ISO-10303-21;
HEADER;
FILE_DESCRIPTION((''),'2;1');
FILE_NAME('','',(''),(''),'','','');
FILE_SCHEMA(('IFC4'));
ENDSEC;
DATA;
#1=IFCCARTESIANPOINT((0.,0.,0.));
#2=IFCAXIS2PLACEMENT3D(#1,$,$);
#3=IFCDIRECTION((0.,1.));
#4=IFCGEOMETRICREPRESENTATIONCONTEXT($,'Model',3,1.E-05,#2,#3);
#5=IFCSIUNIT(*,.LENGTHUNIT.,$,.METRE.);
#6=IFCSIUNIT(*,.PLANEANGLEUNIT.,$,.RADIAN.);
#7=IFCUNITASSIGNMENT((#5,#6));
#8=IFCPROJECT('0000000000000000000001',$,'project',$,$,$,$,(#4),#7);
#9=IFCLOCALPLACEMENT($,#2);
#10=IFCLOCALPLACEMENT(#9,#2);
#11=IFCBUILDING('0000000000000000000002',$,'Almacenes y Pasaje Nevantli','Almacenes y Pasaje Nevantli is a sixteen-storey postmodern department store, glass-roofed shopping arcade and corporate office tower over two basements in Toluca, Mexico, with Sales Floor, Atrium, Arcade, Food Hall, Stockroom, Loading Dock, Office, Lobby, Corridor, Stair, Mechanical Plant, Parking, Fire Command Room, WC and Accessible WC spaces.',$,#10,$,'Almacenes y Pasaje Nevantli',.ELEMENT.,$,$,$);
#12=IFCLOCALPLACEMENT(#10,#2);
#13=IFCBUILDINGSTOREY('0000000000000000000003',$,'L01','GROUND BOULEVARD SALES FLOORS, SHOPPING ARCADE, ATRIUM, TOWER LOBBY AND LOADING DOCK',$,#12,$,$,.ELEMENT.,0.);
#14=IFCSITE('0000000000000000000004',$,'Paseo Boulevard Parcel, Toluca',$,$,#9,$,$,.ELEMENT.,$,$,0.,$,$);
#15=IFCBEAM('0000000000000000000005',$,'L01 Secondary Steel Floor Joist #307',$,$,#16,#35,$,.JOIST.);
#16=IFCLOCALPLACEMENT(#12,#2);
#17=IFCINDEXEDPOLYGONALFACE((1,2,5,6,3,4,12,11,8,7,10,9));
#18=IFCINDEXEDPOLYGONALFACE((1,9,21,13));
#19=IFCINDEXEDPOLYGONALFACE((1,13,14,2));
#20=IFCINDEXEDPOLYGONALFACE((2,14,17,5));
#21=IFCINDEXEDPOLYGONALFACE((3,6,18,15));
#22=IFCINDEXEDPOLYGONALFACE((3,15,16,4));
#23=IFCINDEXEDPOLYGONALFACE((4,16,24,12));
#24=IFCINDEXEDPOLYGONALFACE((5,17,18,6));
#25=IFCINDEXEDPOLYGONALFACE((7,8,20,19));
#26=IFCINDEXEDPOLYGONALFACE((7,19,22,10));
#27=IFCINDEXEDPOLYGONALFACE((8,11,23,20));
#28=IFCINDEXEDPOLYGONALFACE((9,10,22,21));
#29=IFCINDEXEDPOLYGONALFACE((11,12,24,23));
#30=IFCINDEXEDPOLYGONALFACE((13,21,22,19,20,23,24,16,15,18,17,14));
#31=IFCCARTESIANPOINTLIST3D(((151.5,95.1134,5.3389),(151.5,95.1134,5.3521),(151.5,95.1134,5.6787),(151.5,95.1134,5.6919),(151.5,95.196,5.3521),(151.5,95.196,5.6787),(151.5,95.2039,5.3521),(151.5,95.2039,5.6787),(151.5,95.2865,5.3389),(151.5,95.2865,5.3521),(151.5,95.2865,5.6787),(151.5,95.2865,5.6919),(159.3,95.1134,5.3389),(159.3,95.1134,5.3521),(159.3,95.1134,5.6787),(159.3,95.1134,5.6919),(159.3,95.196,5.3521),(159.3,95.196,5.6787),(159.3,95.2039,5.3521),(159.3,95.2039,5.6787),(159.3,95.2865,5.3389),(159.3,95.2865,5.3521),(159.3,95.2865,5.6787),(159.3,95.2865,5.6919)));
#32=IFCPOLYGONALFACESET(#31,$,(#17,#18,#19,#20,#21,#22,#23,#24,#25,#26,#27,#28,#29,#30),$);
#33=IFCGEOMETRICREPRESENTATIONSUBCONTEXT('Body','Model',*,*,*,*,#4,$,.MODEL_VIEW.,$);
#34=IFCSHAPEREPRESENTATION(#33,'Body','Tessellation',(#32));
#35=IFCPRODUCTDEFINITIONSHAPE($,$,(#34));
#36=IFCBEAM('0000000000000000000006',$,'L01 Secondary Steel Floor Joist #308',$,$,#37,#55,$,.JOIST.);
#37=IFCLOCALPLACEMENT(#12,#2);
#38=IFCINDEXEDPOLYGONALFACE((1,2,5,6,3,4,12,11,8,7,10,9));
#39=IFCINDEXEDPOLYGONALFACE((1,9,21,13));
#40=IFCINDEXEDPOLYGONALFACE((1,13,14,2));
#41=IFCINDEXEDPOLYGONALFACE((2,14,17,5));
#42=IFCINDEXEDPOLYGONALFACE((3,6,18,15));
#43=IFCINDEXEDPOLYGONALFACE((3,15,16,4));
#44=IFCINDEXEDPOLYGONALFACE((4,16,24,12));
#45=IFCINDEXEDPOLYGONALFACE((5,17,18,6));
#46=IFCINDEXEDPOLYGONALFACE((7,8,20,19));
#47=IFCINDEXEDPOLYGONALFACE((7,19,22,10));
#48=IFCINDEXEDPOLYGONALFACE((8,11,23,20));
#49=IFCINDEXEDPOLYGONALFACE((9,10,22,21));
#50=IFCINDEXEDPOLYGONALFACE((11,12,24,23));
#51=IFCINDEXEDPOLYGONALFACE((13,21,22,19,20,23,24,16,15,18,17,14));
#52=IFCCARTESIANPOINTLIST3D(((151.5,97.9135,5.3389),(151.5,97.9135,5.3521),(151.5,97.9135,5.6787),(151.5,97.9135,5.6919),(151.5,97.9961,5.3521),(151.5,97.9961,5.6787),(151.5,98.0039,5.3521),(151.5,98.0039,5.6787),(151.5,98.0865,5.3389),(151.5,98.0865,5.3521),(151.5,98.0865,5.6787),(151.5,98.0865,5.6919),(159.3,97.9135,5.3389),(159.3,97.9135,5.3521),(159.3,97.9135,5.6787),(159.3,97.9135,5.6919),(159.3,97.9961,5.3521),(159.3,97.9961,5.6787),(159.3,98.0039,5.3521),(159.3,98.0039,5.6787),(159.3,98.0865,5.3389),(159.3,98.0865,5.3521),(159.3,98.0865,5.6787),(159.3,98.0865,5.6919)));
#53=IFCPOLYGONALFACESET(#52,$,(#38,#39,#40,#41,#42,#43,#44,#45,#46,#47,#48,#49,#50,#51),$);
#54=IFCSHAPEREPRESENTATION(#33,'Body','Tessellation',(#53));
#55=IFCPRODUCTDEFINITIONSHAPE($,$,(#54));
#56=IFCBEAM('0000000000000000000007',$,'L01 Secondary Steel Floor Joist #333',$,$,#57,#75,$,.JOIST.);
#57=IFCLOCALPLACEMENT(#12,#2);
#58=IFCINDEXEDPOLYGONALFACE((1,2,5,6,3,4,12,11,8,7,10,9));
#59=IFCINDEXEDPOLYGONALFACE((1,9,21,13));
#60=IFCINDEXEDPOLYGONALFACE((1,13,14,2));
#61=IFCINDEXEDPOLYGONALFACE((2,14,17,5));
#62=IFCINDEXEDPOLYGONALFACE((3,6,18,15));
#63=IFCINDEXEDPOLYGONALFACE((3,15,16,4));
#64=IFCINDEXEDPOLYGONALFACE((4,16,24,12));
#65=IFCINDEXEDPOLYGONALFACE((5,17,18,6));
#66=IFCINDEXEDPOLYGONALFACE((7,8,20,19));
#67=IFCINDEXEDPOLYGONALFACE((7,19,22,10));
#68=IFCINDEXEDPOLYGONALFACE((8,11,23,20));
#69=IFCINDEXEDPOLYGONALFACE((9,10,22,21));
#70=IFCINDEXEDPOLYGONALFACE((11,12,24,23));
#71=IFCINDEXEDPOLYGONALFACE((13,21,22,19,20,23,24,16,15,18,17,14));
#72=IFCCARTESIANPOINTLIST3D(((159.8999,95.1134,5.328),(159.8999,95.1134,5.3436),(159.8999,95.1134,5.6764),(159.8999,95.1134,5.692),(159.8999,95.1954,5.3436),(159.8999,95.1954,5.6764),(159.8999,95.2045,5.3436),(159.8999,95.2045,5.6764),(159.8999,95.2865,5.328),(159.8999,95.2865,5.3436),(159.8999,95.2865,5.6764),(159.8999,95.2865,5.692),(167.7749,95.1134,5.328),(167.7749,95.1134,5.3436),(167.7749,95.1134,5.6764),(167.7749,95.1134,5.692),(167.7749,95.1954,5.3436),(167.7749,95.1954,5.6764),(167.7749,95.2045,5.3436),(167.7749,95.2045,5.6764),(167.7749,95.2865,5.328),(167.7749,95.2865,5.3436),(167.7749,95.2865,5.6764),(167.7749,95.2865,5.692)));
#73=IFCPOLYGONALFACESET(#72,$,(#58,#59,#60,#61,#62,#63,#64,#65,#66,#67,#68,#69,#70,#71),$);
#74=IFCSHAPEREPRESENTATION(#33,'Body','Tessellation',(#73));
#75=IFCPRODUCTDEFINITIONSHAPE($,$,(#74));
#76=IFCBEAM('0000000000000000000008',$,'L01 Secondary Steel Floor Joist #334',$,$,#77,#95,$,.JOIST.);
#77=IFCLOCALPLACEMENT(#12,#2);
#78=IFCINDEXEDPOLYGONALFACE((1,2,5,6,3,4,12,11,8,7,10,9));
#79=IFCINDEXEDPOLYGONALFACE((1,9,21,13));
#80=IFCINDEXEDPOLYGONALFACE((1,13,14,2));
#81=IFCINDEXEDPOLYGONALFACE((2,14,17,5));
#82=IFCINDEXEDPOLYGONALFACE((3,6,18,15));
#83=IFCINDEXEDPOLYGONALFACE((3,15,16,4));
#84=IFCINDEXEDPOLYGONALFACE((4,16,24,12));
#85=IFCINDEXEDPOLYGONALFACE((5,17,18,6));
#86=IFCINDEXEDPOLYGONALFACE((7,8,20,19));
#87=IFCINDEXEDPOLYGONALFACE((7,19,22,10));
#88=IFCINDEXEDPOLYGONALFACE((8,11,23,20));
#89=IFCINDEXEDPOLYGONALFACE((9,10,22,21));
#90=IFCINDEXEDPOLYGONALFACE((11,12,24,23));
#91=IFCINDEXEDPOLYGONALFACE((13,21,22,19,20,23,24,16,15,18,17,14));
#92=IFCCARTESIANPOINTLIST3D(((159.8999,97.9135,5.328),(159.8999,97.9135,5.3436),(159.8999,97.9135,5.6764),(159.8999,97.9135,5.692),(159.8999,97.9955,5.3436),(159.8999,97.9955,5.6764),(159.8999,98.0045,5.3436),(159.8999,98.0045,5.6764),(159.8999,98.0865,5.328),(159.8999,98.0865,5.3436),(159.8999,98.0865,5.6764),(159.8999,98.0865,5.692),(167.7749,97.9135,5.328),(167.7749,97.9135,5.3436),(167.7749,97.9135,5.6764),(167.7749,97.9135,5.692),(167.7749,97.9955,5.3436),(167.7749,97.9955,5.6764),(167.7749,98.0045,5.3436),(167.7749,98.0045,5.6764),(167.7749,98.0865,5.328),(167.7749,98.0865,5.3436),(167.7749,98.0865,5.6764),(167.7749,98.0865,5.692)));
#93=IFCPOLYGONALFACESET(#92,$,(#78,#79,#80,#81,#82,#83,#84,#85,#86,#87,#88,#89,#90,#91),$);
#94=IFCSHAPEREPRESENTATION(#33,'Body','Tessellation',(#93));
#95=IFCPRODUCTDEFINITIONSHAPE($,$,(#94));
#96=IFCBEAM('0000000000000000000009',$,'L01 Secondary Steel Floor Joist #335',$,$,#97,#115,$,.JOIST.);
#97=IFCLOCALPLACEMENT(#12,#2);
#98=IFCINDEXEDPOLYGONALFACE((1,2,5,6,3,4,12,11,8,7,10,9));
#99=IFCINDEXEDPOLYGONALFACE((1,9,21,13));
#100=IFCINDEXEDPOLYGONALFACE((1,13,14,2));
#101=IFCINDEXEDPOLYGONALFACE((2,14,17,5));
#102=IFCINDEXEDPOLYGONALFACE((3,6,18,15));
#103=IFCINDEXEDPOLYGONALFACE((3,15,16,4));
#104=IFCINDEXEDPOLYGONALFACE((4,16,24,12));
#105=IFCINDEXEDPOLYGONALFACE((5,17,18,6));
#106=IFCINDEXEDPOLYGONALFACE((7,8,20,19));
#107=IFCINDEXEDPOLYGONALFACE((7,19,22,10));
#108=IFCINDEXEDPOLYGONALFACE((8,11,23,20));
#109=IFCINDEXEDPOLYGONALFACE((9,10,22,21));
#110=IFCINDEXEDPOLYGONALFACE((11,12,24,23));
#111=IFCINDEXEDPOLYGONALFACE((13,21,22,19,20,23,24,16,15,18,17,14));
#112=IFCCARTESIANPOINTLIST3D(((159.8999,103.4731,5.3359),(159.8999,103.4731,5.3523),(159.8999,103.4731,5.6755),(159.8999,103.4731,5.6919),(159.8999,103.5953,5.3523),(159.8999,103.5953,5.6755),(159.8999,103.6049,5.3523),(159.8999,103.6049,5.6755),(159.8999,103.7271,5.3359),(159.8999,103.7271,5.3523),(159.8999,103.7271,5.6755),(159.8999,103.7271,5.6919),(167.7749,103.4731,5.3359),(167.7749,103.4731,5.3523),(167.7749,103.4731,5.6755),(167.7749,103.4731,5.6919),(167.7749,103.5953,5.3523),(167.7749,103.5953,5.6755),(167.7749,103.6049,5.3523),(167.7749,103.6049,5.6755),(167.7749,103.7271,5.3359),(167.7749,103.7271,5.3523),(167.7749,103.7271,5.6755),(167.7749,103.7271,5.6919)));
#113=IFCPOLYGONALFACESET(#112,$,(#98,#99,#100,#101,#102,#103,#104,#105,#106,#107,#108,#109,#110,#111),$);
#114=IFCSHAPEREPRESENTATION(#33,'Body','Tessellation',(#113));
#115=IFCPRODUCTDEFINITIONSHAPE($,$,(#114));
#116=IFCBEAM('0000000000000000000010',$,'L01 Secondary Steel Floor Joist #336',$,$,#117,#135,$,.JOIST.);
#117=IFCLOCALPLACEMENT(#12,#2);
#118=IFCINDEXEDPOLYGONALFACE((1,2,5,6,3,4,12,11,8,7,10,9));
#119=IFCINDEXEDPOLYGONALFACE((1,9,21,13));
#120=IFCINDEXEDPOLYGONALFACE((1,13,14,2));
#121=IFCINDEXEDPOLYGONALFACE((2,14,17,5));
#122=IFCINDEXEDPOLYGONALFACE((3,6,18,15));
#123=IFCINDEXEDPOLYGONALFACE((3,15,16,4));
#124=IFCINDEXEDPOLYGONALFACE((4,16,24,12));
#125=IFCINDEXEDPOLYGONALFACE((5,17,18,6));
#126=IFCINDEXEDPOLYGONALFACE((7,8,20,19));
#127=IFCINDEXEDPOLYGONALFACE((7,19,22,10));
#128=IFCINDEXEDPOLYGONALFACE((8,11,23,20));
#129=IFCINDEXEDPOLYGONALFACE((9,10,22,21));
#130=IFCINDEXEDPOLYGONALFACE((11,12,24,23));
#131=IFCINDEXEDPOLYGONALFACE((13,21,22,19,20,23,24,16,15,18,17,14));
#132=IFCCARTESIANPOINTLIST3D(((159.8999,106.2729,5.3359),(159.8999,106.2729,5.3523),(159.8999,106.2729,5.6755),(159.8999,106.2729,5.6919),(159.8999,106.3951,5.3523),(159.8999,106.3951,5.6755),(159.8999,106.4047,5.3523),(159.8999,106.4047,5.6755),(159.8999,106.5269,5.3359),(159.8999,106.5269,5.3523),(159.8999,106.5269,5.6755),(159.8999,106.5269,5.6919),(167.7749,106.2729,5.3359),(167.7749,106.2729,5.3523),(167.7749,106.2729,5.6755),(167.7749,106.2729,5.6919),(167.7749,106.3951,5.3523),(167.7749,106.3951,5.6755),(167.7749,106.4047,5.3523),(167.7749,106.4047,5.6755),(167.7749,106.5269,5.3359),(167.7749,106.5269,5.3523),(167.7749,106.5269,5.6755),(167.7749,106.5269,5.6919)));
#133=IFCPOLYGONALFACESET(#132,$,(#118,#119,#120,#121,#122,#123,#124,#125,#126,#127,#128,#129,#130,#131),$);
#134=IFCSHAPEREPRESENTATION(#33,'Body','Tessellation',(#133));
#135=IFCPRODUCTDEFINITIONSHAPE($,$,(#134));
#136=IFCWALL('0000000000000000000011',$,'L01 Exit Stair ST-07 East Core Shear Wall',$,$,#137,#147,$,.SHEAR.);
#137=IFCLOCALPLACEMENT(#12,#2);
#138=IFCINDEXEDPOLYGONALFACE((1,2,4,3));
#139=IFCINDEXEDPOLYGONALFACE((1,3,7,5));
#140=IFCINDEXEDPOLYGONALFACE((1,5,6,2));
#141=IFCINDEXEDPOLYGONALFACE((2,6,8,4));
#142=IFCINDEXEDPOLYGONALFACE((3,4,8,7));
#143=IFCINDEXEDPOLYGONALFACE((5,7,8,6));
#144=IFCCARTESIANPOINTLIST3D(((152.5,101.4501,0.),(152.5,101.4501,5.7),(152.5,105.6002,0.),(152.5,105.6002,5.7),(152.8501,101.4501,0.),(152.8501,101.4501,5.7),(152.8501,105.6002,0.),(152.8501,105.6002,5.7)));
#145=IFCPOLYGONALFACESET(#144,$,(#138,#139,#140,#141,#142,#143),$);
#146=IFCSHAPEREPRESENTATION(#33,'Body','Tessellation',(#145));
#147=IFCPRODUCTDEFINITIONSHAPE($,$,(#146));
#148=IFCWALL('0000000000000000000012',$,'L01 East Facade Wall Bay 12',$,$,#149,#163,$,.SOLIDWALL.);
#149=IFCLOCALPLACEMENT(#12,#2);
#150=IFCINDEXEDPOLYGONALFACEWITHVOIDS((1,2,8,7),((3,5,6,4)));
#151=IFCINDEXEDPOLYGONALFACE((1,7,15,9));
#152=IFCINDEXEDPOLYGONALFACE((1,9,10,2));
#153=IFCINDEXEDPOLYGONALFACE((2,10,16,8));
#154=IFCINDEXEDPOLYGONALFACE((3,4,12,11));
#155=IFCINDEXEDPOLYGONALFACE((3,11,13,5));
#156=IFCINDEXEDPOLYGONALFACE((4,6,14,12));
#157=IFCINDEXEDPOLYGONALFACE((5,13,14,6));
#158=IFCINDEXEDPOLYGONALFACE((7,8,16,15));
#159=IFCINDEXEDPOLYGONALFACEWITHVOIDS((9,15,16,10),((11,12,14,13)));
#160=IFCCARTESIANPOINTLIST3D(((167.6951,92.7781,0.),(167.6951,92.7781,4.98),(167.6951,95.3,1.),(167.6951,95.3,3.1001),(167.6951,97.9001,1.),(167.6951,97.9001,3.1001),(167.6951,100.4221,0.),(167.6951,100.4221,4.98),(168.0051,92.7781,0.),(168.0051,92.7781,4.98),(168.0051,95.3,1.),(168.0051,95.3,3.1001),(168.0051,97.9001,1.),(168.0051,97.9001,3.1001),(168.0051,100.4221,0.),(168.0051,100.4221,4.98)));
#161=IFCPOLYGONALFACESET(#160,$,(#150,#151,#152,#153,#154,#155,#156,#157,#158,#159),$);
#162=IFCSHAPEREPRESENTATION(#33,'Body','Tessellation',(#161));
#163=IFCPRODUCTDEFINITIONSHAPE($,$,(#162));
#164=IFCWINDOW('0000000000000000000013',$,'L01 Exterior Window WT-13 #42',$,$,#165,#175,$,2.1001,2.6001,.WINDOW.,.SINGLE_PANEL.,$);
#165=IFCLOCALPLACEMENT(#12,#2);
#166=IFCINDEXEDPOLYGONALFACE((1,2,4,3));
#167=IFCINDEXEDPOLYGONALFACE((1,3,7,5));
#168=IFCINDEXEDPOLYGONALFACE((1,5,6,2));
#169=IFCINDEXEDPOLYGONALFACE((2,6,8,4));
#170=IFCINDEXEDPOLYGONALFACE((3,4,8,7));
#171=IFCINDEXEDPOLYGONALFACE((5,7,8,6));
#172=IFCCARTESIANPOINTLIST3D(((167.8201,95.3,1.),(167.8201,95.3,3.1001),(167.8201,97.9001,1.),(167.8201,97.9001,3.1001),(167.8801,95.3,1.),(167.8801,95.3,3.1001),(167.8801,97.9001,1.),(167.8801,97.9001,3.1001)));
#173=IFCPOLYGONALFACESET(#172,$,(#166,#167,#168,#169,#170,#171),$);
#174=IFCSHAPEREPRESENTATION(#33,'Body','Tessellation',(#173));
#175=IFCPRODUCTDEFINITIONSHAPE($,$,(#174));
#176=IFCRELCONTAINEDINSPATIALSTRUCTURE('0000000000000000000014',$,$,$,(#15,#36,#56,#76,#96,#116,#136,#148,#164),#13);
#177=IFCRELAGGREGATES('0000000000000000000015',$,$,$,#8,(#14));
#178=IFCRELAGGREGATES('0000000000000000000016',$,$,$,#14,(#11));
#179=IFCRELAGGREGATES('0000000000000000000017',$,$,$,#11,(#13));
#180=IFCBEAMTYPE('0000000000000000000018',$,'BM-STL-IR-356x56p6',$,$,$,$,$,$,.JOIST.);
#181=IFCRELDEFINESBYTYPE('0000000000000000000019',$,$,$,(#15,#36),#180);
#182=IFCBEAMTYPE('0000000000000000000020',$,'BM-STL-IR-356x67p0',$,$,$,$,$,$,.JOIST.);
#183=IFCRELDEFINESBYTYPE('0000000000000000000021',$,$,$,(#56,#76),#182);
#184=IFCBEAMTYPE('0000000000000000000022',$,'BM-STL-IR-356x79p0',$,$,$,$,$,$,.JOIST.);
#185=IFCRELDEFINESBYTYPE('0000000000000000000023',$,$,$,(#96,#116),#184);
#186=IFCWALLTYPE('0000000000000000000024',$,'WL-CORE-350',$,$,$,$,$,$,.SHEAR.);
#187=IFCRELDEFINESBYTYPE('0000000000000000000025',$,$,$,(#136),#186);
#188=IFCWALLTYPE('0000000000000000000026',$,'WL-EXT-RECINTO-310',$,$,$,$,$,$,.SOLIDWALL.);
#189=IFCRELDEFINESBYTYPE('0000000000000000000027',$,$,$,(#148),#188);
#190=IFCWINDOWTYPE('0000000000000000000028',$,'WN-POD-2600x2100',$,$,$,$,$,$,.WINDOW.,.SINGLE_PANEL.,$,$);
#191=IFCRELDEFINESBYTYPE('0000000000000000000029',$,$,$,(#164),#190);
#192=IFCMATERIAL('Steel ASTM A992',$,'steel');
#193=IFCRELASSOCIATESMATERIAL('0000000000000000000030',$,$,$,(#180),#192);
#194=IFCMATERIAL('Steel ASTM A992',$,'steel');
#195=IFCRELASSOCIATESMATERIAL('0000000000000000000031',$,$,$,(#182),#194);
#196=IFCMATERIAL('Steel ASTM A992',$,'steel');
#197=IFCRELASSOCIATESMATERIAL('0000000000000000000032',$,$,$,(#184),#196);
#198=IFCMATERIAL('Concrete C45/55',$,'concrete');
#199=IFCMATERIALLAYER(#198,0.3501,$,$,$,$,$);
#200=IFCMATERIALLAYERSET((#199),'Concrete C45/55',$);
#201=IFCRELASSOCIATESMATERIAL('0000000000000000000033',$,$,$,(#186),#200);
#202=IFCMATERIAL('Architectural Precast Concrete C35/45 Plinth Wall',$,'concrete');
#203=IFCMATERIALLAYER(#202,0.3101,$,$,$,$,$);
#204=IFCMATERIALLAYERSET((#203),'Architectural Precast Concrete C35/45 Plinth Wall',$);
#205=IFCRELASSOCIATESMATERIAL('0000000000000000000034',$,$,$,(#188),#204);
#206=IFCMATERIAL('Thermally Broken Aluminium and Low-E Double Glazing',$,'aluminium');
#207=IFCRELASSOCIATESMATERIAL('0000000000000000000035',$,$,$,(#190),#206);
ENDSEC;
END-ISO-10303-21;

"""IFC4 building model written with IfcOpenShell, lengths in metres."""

from ifc_helpers import new_model, si_unit, direction, frame, frame_2d, origin, origin_2d, place, context, subcontext, project, spatial, rectangle, i_section, extrude, material, layer, layer_set, material_profile, profile_set, type_object, element, fill, save


model = new_model("IFC4")

# Units and contexts
model_context = context("Model", 3, precision=1e-05, world=origin(), true_north=direction((0.0, 1.0)))
body_context = subcontext(model_context, "Body", "Model", "MODEL_VIEW")
ifc_project = project(units=[si_unit("LENGTHUNIT", "METRE"), si_unit("PLANEANGLEUNIT", "RADIAN")], contexts=[model_context])

# Site, building, storey
site_placement = place(None, origin())
site = spatial("IfcSite", under=ifc_project, at=site_placement, Name="Paseo Boulevard Parcel, Toluca", CompositionType="ELEMENT", RefElevation=0.0)
building_placement = place(site_placement, origin())
building = spatial("IfcBuilding", under=site, at=building_placement, Name="Almacenes y Pasaje Nevantli", Description="Almacenes y Pasaje Nevantli is a sixteen-storey postmodern department store, glass-roofed shopping arcade and corporate office tower over two basements in Toluca, Mexico, with Sales Floor, Atrium, Arcade, Food Hall, Stockroom, Loading Dock, Office, Lobby, Corridor, Stair, Mechanical Plant, Parking, Fire Command Room, WC and Accessible WC spaces.", LongName="Almacenes y Pasaje Nevantli", CompositionType="ELEMENT")
storey_placement = place(building_placement, origin())
storey = spatial("IfcBuildingStorey", under=building, at=storey_placement, Name="L01", Description="GROUND BOULEVARD SALES FLOORS, SHOPPING ARCADE, ATRIUM, TOWER LOBBY AND LOADING DOCK", CompositionType="ELEMENT", Elevation=0.0)

# Beams
ifc_material_1 = material(Name="Steel ASTM A992", Category="steel")
ifc_material_profile_1 = material_profile(ifc_material_1, i_section(OverallWidth=0.1731, OverallDepth=0.353, WebThickness=0.0078, FlangeThickness=0.0132, at=origin_2d()), Name="IR 356x56.6")
ifc_profile_set_1 = profile_set([ifc_material_profile_1], Name="Steel ASTM A992")
beam_type_1 = type_object("IfcBeamType", Name="BM-STL-IR-356x56p6", PredefinedType="JOIST", material=ifc_profile_set_1)
for number, where, z_axis, x_axis, name in (
    (1, (151.5, 95.2, 5.5154), (1.0, 0.0, 0.0), (0.0, 1.0, 0.0), "L01 Secondary Steel Floor Joist #307"),
    (2, (151.5, 98.0, 5.5154), (1.0, 0.0, 0.0), (0.0, 1.0, 0.0), "L01 Secondary Steel Floor Joist #308"),
):
    element("IfcBeam", number, at=place(storey_placement, frame(where, z_axis=z_axis, x_axis=x_axis)), inside=storey, type_object=beam_type_1, Name=name, PredefinedType="JOIST", context=body_context, shape_type="SweptSolid", body=[
        extrude(i_section(OverallWidth=0.1731, OverallDepth=0.353, WebThickness=0.0078, FlangeThickness=0.0132, at=origin_2d()), origin(), (0.0, 0.0, 1.0), 7.8),
    ])
ifc_material_2 = material(Name="Steel ASTM A992", Category="steel")
ifc_material_profile_2 = material_profile(ifc_material_2, i_section(OverallWidth=0.1731, OverallDepth=0.364, WebThickness=0.009, FlangeThickness=0.0156, at=origin_2d()), Name="IR 356x67.0")
ifc_profile_set_2 = profile_set([ifc_material_profile_2], Name="Steel ASTM A992")
beam_type_2 = type_object("IfcBeamType", Name="BM-STL-IR-356x67p0", PredefinedType="JOIST", material=ifc_profile_set_2)
for number, where, z_axis, x_axis, name in (
    (3, (159.8999, 95.2, 5.51), (1.0, 0.0, 0.0), (0.0, 1.0, 0.0), "L01 Secondary Steel Floor Joist #333"),
    (4, (159.8999, 98.0, 5.51), (1.0, 0.0, 0.0), (0.0, 1.0, 0.0), "L01 Secondary Steel Floor Joist #334"),
):
    element("IfcBeam", number, at=place(storey_placement, frame(where, z_axis=z_axis, x_axis=x_axis)), inside=storey, type_object=beam_type_2, Name=name, PredefinedType="JOIST", context=body_context, shape_type="SweptSolid", body=[
        extrude(i_section(OverallWidth=0.1731, OverallDepth=0.364, WebThickness=0.009, FlangeThickness=0.0156, at=origin_2d()), origin(), (0.0, 0.0, 1.0), 7.875),
    ])
ifc_material_3 = material(Name="Steel ASTM A992", Category="steel")
ifc_material_profile_3 = material_profile(ifc_material_3, i_section(OverallWidth=0.2539, OverallDepth=0.356, WebThickness=0.0095, FlangeThickness=0.0164, at=origin_2d()), Name="IR 356x79.0")
ifc_profile_set_3 = profile_set([ifc_material_profile_3], Name="Steel ASTM A992")
beam_type_3 = type_object("IfcBeamType", Name="BM-STL-IR-356x79p0", PredefinedType="JOIST", material=ifc_profile_set_3)
for number, where, z_axis, x_axis, name in (
    (5, (159.8999, 103.6001, 5.5139), (1.0, 0.0, 0.0), (0.0, 1.0, 0.0), "L01 Secondary Steel Floor Joist #335"),
    (6, (159.8999, 106.3999, 5.5139), (1.0, 0.0, 0.0), (0.0, 1.0, 0.0), "L01 Secondary Steel Floor Joist #336"),
):
    element("IfcBeam", number, at=place(storey_placement, frame(where, z_axis=z_axis, x_axis=x_axis)), inside=storey, type_object=beam_type_3, Name=name, PredefinedType="JOIST", context=body_context, shape_type="SweptSolid", body=[
        extrude(i_section(OverallWidth=0.2539, OverallDepth=0.356, WebThickness=0.0095, FlangeThickness=0.0164, at=origin_2d()), origin(), (0.0, 0.0, 1.0), 7.875),
    ])

# Wall
ifc_material_4 = material(Name="Concrete C45/55", Category="concrete")
ifc_layer_1 = layer(ifc_material_4, 0.3501)
ifc_layer_set_1 = layer_set([ifc_layer_1], Name="Concrete C45/55")
wall_type_1 = type_object("IfcWallType", Name="WL-CORE-350", PredefinedType="SHEAR", material=ifc_layer_set_1)
wall_1_placement = place(storey_placement, frame((152.675, 101.45, 0.0), z_axis=(0.0, 0.0, 1.0), x_axis=(0.0, 1.0, 0.0)))
element("IfcWall", 7, at=wall_1_placement, inside=storey, type_object=wall_type_1, Name="L01 Exit Stair ST-07 East Core Shear Wall", PredefinedType="SHEAR", context=body_context, shape_type="SweptSolid", body=[
    extrude(rectangle(XDim=4.1501, YDim=0.3501, at=frame_2d((2.0752, 0.0))), origin(), (0.0, 0.0, 1.0), 5.7),
])

# Wall, opening, window
ifc_material_5 = material(Name="Architectural Precast Concrete C35/45 Plinth Wall", Category="concrete")
ifc_layer_2 = layer(ifc_material_5, 0.3101)
ifc_layer_set_2 = layer_set([ifc_layer_2], Name="Architectural Precast Concrete C35/45 Plinth Wall")
wall_type_2 = type_object("IfcWallType", Name="WL-EXT-RECINTO-310", PredefinedType="SOLIDWALL", material=ifc_layer_set_2)
wall_2_placement = place(storey_placement, frame((167.8501, 92.7781, 0.0), z_axis=(0.0, 0.0, 1.0), x_axis=(0.0, 1.0, 0.0)))
wall_2 = element("IfcWall", 8, at=wall_2_placement, inside=storey, type_object=wall_type_2, Name="L01 East Facade Wall Bay 12", PredefinedType="SOLIDWALL", context=body_context, shape_type="SweptSolid", body=[
    extrude(rectangle(XDim=7.644, YDim=0.3101, at=frame_2d((3.822, 0.0))), origin(), (0.0, 0.0, 1.0), 4.98),
])
opening_1_placement = place(wall_2_placement, frame((2.522, 0.0, 1.0)))
opening_1 = element("IfcOpeningElement", 9, at=opening_1_placement, cuts=wall_2, PredefinedType="OPENING", context=body_context, shape_type="SweptSolid", body=[
    extrude(rectangle(XDim=2.6001, YDim=2.1001, at=frame_2d((1.3, 1.05))), frame((0.0, 0.165, 0.0), z_axis=(0.0, -1.0, 0.0), x_axis=(1.0, 0.0, 0.0)), (0.0, 0.0, 1.0), 0.3301),
])
ifc_material_6 = material(Name="Thermally Broken Aluminium and Low-E Double Glazing", Category="aluminium")
window_type = type_object("IfcWindowType", Name="WN-POD-2600x2100", PartitioningType="SINGLE_PANEL", PredefinedType="WINDOW", material=ifc_material_6)
window_placement = place(opening_1_placement, origin())
window = element("IfcWindow", 10, at=window_placement, inside=storey, type_object=window_type, Name="L01 Exterior Window WT-13 #42", OverallHeight=2.1001, OverallWidth=2.6001, PartitioningType="SINGLE_PANEL", PredefinedType="WINDOW", context=body_context, shape_type="SweptSolid", body=[
    extrude(rectangle(XDim=2.6001, YDim=2.1001, at=frame_2d((1.3, 1.05))), frame((0.0, 0.03, 0.0), z_axis=(0.0, -1.0, 0.0), x_axis=(1.0, 0.0, 0.0)), (0.0, 0.0, 1.0), 0.0601),
])
fill(opening_1, window)

save(model, "model.ifc")
